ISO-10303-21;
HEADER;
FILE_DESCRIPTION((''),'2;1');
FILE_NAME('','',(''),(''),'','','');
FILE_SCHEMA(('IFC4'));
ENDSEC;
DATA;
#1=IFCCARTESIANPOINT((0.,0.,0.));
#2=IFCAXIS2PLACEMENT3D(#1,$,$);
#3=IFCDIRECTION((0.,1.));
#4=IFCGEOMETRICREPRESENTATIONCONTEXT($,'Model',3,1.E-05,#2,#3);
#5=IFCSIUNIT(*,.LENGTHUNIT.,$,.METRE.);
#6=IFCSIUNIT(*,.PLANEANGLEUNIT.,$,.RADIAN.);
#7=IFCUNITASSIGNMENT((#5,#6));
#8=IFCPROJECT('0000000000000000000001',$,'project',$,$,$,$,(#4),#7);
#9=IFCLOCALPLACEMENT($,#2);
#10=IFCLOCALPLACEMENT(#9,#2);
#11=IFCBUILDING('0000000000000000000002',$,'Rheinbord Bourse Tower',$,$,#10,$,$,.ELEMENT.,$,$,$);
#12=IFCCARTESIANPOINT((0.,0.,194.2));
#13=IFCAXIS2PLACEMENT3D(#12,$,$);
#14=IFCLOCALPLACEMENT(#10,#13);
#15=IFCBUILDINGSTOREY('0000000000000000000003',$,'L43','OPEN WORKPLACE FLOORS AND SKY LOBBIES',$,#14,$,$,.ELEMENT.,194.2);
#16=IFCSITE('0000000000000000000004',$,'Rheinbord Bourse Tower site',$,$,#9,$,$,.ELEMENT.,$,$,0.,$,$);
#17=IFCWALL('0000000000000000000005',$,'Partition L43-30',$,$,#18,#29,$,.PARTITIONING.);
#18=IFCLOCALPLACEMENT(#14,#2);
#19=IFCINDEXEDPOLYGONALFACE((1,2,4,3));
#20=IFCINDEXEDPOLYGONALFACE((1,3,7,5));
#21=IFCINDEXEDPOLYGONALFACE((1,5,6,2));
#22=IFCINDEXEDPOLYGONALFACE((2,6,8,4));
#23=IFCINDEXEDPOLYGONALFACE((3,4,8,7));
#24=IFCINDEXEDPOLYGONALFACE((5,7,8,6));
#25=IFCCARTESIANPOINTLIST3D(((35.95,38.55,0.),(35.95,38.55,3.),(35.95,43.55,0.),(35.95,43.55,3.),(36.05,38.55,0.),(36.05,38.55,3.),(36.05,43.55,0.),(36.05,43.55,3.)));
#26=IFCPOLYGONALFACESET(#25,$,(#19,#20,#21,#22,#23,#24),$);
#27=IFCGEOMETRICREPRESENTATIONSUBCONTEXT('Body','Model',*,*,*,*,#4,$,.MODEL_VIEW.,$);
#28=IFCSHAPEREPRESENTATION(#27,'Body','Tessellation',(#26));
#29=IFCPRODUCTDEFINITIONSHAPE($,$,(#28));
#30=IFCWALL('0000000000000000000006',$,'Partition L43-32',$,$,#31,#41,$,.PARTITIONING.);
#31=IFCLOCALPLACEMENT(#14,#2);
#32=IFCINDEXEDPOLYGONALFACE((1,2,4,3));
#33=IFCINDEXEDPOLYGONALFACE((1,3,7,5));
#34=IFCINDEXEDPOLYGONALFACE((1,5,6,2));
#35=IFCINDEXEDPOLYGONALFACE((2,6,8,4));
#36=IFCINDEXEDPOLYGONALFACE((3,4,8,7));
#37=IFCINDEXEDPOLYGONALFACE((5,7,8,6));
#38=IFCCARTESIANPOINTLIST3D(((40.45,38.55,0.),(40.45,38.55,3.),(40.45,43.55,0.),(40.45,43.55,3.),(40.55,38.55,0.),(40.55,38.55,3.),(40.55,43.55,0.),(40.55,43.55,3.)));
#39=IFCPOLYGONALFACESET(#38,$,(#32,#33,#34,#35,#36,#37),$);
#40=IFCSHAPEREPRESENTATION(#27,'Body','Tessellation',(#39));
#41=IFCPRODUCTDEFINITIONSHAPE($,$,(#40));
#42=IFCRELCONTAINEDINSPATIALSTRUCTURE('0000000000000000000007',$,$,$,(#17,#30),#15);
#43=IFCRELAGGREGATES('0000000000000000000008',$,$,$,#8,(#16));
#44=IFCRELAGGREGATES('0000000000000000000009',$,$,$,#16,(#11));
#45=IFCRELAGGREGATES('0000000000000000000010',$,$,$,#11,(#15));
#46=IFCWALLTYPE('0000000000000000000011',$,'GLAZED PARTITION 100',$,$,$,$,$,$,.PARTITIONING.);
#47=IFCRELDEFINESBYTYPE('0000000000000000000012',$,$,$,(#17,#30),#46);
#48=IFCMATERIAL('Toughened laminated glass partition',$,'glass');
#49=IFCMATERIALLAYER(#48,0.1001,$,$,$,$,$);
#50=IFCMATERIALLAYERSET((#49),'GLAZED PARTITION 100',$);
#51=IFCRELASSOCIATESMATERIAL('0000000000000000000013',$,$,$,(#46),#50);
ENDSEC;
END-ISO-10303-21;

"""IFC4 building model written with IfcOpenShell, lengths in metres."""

from ifc_helpers import new_model, si_unit, direction, frame, frame_2d, origin, place, context, subcontext, project, spatial, rectangle, extrude, material, layer, layer_set, type_object, element, save


model = new_model("IFC4")

# Units and contexts
model_context = context("Model", 3, precision=1e-05, world=origin(), true_north=direction((0.0, 1.0)))
body_context = subcontext(model_context, "Body", "Model", "MODEL_VIEW")
ifc_project = project(units=[si_unit("LENGTHUNIT", "METRE"), si_unit("PLANEANGLEUNIT", "RADIAN")], contexts=[model_context])

# Site, building, storey
site_placement = place(None, origin())
site = spatial("IfcSite", under=ifc_project, at=site_placement, Name="Rheinbord Bourse Tower site", CompositionType="ELEMENT", RefElevation=0.0)
building_placement = place(site_placement, origin())
building = spatial("IfcBuilding", under=site, at=building_placement, Name="Rheinbord Bourse Tower", CompositionType="ELEMENT")
storey_placement = place(building_placement, frame((0.0, 0.0, 194.2)))
storey = spatial("IfcBuildingStorey", under=building, at=storey_placement, Name="L43", Description="OPEN WORKPLACE FLOORS AND SKY LOBBIES", CompositionType="ELEMENT", Elevation=194.2)

# Walls
ifc_material_1 = material(Name="Toughened laminated glass partition", Category="glass")
ifc_layer_1 = layer(ifc_material_1, 0.1001)
ifc_layer_set_1 = layer_set([ifc_layer_1], Name="GLAZED PARTITION 100")
wall_type_1 = type_object("IfcWallType", Name="GLAZED PARTITION 100", PredefinedType="PARTITIONING", material=ifc_layer_set_1)
for number, where, z_axis, x_axis, name in (
    (1, (36.0, 38.55, 0.0), (0.0, 0.0, 1.0), (0.0, 1.0, 0.0), "Partition L43-30"),
    (2, (40.5, 38.55, 0.0), (0.0, 0.0, 1.0), (0.0, 1.0, 0.0), "Partition L43-32"),
):
    element("IfcWall", number, at=place(storey_placement, frame(where, z_axis=z_axis, x_axis=x_axis)), inside=storey, type_object=wall_type_1, Name=name, PredefinedType="PARTITIONING", context=body_context, shape_type="SweptSolid", body=[
        extrude(rectangle(XDim=5.0, YDim=0.1001, at=frame_2d((2.5, 0.0))), origin(), (0.0, 0.0, 1.0), 3.0),
    ])

save(model, "model.ifc")
